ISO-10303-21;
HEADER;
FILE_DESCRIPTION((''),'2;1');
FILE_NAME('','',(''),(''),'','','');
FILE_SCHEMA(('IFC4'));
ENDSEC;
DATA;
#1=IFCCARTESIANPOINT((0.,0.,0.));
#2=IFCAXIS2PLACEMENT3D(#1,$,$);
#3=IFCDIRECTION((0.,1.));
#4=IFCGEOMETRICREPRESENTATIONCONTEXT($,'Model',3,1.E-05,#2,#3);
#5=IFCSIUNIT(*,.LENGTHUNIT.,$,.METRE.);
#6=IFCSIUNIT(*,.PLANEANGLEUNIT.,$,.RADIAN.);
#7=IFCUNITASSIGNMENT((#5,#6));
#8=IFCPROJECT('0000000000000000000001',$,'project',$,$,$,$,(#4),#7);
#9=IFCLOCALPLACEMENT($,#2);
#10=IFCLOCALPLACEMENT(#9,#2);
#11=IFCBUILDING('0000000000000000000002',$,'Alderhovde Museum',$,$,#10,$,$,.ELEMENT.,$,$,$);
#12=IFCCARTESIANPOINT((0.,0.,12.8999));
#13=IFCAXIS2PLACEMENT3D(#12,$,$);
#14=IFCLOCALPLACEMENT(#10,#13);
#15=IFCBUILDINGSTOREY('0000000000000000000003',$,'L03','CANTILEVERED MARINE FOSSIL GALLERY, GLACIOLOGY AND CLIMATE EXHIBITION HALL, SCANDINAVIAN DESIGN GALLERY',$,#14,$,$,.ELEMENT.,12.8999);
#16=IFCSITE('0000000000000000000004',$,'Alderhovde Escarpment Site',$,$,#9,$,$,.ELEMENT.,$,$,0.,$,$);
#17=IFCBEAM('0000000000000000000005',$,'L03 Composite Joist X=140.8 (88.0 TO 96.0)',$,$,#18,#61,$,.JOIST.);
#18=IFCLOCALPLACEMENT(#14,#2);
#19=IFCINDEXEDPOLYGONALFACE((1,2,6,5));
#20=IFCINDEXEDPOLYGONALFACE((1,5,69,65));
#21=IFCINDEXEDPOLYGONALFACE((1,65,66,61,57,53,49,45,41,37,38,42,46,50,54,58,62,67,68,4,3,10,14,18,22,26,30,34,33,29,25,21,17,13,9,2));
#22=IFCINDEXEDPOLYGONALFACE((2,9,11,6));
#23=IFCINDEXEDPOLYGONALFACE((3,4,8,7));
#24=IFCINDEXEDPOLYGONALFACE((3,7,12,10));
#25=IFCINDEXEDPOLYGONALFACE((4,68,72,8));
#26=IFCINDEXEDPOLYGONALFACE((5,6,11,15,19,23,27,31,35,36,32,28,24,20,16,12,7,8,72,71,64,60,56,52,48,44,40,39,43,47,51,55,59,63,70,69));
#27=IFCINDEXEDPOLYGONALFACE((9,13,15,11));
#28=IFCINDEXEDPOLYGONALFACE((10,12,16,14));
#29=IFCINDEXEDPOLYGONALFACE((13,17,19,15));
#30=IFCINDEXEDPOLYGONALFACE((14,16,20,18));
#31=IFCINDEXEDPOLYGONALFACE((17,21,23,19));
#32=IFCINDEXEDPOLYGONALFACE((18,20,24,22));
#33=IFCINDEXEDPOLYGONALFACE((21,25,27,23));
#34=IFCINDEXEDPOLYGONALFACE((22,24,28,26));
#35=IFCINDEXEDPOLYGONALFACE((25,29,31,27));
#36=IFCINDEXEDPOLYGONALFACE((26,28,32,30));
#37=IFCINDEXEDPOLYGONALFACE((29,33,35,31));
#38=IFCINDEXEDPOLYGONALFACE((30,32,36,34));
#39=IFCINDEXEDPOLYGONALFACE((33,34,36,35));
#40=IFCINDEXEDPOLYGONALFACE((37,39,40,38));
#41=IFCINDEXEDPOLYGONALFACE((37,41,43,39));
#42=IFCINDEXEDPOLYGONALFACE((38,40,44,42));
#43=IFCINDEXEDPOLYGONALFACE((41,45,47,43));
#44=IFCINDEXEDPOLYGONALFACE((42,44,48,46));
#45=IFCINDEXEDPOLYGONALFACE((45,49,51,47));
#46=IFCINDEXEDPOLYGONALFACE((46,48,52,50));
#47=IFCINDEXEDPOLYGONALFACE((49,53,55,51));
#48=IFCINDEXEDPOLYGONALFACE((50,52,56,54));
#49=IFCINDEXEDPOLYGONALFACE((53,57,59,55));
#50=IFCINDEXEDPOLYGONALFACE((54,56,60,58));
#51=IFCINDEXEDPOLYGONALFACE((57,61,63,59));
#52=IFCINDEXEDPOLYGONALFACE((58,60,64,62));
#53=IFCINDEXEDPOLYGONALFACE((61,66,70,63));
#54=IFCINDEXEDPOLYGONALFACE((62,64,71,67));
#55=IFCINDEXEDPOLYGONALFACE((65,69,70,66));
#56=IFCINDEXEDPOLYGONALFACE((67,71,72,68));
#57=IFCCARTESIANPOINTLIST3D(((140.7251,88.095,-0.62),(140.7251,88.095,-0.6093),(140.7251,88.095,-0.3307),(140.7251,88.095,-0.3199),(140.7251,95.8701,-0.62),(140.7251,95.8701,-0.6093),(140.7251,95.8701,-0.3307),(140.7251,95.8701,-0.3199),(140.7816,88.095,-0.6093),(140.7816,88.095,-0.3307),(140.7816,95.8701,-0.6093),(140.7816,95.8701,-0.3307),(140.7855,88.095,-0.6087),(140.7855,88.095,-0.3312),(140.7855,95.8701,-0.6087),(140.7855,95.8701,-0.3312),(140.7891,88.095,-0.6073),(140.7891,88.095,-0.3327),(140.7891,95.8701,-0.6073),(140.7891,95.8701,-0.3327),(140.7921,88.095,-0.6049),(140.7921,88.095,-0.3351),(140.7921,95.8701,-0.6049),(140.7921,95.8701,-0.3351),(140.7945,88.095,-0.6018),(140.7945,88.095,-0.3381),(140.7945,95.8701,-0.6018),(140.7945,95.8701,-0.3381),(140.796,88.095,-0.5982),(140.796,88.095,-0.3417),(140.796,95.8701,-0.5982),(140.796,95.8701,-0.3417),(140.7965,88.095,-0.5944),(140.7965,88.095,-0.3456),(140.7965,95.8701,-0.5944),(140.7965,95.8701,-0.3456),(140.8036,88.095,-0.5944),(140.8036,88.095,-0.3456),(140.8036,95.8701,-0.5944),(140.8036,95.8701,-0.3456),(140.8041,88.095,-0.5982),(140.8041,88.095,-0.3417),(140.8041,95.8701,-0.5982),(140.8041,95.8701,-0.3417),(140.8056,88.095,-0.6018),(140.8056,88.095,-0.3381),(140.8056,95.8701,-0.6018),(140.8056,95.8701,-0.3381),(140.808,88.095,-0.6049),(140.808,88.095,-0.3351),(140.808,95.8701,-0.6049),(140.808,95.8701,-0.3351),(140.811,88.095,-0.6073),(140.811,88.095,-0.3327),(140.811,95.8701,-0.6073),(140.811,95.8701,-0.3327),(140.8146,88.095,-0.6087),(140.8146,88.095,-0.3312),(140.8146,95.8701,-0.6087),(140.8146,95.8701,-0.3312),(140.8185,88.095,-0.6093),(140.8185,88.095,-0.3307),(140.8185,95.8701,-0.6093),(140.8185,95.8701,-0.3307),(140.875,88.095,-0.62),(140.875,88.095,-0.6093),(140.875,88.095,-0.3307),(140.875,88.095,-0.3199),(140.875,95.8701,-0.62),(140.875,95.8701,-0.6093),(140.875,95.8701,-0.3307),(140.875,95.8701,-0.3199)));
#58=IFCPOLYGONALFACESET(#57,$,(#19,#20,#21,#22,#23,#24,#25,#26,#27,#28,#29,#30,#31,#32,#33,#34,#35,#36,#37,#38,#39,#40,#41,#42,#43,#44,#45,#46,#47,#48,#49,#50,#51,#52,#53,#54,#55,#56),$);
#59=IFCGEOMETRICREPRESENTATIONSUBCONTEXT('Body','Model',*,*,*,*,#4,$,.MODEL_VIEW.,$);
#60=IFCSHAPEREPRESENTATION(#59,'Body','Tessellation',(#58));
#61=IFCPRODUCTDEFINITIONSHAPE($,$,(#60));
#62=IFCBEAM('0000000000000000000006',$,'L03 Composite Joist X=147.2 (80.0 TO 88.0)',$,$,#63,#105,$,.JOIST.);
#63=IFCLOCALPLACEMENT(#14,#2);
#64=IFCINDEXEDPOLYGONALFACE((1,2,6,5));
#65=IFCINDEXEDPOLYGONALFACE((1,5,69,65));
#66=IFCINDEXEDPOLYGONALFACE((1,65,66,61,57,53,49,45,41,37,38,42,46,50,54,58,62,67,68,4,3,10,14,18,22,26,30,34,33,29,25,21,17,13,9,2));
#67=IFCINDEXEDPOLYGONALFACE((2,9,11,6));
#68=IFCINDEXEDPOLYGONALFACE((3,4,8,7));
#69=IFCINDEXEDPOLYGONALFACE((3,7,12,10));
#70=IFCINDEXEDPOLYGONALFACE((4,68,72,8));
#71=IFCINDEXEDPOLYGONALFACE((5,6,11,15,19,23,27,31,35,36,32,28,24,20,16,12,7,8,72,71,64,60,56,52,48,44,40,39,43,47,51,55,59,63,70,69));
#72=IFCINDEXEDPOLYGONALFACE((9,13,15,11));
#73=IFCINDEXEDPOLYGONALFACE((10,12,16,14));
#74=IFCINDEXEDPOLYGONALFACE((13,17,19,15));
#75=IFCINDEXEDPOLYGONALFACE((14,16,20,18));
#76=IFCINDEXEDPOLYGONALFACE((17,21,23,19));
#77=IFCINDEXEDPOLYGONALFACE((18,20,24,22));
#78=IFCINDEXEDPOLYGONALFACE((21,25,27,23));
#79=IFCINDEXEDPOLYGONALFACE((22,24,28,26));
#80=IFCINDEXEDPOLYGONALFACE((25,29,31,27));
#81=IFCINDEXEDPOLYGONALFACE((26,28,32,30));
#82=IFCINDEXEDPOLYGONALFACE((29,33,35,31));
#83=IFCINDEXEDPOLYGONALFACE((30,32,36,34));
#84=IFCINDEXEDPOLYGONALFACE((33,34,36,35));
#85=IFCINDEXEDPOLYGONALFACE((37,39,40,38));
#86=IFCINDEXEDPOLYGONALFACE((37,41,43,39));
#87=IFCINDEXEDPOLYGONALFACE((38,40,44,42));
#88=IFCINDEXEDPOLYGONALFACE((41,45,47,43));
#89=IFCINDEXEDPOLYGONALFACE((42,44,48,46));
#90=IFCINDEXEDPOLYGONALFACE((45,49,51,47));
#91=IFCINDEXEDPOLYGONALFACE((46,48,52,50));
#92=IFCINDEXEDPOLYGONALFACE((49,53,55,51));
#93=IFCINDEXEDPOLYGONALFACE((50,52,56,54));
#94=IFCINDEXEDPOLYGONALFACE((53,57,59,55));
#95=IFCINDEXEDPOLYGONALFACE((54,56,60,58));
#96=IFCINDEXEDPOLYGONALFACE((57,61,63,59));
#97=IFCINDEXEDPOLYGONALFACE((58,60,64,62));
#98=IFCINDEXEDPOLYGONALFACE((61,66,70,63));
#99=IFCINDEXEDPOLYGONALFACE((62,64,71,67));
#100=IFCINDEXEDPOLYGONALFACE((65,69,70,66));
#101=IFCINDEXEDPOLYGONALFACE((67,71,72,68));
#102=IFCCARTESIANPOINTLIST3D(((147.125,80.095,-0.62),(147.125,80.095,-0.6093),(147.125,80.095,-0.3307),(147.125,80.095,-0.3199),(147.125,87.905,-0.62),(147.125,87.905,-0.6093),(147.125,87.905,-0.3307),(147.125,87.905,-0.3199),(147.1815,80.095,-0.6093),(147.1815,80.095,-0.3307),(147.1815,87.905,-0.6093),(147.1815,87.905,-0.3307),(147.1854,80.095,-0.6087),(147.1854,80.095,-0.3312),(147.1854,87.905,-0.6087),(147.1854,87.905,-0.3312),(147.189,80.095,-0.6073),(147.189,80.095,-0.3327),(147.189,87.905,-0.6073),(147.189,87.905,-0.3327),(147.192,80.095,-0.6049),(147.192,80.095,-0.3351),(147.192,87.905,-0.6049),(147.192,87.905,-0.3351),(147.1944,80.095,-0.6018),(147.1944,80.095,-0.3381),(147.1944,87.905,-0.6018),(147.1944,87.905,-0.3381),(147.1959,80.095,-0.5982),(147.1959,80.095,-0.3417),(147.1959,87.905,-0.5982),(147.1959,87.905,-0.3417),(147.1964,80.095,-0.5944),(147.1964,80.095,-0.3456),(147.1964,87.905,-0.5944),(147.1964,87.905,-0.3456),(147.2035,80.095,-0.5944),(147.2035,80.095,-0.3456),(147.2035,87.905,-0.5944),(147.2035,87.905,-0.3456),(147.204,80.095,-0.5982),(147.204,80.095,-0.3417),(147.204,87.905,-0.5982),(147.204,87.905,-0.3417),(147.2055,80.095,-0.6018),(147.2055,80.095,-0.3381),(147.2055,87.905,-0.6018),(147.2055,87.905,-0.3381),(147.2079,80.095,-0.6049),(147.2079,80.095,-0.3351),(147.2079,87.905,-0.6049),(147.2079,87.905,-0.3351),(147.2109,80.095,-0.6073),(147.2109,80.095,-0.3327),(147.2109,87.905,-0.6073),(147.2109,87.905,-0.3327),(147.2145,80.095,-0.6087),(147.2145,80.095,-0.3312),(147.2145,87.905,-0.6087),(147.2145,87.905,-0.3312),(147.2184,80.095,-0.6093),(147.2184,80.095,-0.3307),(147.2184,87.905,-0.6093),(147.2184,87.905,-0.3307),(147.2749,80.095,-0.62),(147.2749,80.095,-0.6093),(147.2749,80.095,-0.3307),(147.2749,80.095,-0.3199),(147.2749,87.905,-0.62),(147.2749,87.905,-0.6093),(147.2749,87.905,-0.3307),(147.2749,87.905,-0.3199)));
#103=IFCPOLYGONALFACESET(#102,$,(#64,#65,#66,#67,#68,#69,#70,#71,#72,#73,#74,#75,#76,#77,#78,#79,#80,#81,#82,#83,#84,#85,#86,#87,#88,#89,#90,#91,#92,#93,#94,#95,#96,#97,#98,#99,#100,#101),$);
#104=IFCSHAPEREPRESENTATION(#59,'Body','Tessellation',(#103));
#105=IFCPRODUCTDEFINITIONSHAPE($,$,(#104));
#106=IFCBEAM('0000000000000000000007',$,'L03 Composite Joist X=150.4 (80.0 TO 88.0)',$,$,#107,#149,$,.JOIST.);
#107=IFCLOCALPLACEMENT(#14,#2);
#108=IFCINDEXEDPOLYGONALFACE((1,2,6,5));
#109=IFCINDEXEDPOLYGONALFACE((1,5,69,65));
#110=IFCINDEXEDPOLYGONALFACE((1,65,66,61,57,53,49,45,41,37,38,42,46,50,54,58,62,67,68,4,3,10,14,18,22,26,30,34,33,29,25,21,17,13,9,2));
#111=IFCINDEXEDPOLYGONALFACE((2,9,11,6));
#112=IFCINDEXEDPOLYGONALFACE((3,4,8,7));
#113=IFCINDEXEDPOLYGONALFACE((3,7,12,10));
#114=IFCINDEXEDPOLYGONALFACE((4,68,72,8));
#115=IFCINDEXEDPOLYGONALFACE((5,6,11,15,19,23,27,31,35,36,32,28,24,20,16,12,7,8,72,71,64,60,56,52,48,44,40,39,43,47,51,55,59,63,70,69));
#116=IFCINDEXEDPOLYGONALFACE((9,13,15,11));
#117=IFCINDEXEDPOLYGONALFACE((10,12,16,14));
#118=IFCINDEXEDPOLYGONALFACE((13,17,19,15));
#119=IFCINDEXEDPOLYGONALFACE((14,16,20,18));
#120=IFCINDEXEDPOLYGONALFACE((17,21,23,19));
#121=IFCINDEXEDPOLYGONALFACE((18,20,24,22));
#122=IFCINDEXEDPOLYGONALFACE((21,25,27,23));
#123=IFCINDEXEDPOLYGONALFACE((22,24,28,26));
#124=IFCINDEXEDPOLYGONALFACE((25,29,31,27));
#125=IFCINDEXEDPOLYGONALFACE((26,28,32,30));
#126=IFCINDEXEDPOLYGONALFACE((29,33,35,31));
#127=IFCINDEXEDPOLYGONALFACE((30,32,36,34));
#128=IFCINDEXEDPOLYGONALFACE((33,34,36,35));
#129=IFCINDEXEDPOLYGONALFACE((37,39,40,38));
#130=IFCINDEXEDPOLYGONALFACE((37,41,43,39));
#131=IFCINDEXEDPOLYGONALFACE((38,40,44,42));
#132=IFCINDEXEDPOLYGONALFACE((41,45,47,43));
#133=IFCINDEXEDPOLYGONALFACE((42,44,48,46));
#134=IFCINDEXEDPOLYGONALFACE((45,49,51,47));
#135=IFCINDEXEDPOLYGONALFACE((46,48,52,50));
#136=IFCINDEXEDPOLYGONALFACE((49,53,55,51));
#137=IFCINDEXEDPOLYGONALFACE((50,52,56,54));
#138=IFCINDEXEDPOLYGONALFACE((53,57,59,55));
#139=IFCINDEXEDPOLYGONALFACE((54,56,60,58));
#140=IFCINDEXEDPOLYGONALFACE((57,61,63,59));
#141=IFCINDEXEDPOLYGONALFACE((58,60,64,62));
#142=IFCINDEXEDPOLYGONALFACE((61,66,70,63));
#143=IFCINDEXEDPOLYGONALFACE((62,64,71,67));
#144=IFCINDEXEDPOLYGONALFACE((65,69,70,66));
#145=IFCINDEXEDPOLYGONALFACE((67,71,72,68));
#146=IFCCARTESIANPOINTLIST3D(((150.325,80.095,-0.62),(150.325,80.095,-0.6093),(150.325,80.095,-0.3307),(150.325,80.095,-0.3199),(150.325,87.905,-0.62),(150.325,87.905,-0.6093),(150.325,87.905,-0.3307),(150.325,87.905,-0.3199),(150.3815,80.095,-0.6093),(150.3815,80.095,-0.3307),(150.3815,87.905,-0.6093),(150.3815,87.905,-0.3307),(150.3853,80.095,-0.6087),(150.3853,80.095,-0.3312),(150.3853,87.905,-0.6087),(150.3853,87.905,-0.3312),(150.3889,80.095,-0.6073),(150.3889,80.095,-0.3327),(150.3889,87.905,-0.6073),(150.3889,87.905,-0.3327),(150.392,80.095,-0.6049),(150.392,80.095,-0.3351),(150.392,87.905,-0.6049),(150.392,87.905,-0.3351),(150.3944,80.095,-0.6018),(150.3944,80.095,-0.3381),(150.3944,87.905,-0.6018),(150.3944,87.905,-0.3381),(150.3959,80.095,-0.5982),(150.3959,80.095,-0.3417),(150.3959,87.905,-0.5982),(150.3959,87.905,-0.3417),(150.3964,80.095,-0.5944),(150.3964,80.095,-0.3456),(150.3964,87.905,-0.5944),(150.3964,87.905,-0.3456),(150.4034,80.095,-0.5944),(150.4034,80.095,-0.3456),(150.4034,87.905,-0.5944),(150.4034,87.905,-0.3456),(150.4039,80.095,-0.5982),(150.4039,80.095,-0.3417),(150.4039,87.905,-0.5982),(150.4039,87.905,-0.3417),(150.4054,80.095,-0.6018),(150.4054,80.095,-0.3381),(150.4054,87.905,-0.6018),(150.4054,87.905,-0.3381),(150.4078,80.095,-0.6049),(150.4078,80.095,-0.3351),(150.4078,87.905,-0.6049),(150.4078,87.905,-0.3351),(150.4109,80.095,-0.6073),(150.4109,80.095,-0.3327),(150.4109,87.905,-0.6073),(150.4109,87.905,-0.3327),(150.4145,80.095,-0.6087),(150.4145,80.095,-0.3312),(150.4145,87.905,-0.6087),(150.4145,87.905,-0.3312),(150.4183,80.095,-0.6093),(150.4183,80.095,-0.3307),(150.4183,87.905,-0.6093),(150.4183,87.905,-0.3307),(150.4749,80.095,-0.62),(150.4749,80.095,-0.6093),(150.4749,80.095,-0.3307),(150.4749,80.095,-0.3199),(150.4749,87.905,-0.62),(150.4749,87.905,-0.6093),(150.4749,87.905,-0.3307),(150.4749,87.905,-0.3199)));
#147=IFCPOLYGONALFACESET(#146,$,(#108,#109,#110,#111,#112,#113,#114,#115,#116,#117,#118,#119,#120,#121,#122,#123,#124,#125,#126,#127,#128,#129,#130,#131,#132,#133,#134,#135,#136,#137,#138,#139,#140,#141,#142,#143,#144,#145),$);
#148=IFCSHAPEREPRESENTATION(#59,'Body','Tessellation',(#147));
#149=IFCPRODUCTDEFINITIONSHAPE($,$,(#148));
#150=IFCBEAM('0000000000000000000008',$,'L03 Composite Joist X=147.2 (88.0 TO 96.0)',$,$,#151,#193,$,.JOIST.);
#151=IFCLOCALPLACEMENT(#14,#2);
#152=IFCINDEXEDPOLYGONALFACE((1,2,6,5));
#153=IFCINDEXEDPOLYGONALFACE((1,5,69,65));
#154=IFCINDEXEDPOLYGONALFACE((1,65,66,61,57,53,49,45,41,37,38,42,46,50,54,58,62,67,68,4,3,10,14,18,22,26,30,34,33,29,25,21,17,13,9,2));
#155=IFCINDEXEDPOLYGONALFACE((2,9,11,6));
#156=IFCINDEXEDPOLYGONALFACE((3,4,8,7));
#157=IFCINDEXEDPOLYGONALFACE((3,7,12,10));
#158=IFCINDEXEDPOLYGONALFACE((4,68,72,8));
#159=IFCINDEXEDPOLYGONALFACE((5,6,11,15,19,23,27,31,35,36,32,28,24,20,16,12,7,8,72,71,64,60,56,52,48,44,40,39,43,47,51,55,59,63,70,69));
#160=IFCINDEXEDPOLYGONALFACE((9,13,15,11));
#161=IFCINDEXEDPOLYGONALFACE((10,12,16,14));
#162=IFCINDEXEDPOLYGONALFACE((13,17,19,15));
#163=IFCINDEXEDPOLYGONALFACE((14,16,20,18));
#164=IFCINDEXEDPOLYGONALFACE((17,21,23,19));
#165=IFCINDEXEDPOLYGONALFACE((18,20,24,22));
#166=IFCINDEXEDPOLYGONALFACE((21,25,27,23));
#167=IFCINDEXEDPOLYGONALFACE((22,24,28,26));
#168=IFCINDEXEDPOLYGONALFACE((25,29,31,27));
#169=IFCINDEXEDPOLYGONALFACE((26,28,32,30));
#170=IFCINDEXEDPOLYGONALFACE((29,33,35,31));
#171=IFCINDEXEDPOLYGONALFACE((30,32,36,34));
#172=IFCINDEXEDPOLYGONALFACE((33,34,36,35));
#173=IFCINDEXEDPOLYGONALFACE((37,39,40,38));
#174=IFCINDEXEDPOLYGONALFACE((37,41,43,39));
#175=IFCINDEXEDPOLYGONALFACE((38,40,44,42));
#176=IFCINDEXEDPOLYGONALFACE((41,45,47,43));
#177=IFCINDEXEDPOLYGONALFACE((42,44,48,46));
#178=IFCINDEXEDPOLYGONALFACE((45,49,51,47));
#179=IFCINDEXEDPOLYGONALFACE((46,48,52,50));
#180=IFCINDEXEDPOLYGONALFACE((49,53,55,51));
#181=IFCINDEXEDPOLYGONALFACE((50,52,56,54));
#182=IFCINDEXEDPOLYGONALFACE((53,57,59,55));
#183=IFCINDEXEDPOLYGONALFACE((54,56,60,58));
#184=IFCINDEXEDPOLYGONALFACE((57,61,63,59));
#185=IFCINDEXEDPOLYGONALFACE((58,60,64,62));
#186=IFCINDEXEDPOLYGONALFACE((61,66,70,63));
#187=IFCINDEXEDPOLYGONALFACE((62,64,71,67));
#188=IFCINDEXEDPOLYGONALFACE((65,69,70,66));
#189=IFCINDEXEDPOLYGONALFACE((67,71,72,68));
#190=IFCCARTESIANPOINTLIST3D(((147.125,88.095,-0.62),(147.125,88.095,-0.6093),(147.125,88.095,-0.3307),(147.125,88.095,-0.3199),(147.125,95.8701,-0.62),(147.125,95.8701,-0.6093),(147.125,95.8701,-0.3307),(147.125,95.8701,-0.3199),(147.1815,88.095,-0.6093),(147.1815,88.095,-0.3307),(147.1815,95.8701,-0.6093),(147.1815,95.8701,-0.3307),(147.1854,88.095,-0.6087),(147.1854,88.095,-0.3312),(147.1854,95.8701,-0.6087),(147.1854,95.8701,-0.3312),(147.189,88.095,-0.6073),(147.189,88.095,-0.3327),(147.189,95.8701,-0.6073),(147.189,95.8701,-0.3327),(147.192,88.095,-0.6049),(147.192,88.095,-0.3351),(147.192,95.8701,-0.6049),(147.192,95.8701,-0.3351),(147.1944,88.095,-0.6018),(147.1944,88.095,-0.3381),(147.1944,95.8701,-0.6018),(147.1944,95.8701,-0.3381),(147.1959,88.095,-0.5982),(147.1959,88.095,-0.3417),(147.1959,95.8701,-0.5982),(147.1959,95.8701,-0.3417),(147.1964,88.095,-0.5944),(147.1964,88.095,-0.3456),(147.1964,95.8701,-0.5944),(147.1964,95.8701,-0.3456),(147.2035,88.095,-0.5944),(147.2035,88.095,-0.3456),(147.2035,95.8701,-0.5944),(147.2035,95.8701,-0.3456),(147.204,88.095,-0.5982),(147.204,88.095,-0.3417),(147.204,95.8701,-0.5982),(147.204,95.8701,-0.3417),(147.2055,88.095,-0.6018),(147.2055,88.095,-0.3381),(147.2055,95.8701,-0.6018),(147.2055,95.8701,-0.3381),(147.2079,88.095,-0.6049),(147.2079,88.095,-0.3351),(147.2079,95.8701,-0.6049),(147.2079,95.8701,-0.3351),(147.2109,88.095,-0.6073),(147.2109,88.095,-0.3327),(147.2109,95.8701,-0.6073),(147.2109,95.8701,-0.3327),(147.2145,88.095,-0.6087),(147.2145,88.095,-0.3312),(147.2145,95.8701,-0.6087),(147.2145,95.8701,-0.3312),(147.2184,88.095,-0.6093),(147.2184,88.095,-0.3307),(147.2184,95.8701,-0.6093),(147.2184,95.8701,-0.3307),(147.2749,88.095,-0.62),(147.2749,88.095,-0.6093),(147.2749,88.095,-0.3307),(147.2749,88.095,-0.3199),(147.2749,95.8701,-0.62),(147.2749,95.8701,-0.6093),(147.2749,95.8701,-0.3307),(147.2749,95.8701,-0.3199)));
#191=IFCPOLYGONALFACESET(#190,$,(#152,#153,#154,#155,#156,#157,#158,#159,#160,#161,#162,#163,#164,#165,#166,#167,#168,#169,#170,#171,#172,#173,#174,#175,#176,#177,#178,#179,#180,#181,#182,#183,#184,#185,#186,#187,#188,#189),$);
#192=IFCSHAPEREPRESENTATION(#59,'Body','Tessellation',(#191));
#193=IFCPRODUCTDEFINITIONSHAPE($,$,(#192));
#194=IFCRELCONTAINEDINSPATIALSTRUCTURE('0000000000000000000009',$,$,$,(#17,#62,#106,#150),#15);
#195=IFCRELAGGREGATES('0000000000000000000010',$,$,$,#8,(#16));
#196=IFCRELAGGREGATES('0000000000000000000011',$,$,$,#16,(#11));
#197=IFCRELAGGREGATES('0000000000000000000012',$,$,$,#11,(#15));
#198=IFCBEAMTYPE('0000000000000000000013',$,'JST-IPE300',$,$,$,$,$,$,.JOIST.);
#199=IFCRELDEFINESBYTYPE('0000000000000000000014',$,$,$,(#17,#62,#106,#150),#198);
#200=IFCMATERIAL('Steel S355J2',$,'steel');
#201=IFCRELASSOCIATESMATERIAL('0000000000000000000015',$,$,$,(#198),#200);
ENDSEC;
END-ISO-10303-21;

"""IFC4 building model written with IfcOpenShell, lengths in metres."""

from ifc_helpers import new_model, si_unit, direction, frame, origin, origin_2d, place, context, subcontext, project, spatial, i_section, extrude, material, material_profile, profile_set, type_object, element, save


model = new_model("IFC4")

# Units and contexts
model_context = context("Model", 3, precision=1e-05, world=origin(), true_north=direction((0.0, 1.0)))
body_context = subcontext(model_context, "Body", "Model", "MODEL_VIEW")
ifc_project = project(units=[si_unit("LENGTHUNIT", "METRE"), si_unit("PLANEANGLEUNIT", "RADIAN")], contexts=[model_context])

# Site, building, storey
site_placement = place(None, origin())
site = spatial("IfcSite", under=ifc_project, at=site_placement, Name="Alderhovde Escarpment Site", CompositionType="ELEMENT", RefElevation=0.0)
building_placement = place(site_placement, origin())
building = spatial("IfcBuilding", under=site, at=building_placement, Name="Alderhovde Museum", CompositionType="ELEMENT")
storey_placement = place(building_placement, frame((0.0, 0.0, 12.8999)))
storey = spatial("IfcBuildingStorey", under=building, at=storey_placement, Name="L03", Description="CANTILEVERED MARINE FOSSIL GALLERY, GLACIOLOGY AND CLIMATE EXHIBITION HALL, SCANDINAVIAN DESIGN GALLERY", CompositionType="ELEMENT", Elevation=12.8999)

# Beams
ifc_material_1 = material(Name="Steel S355J2", Category="steel")
ifc_material_profile_1 = material_profile(ifc_material_1, i_section(OverallWidth=0.1499, OverallDepth=0.3, WebThickness=0.0071, FlangeThickness=0.0107, FilletRadius=0.0149, at=origin_2d()), Name="IPE 300")
ifc_profile_set_1 = profile_set([ifc_material_profile_1], Name="Steel S355J2")
beam_type_1 = type_object("IfcBeamType", Name="JST-IPE300", PredefinedType="JOIST", material=ifc_profile_set_1)
beam_1_placement = place(storey_placement, frame((140.8, 88.095, -0.47), z_axis=(0.0, 1.0, 0.0), x_axis=(-1.0, 0.0, 0.0)))
element("IfcBeam", 1, at=beam_1_placement, inside=storey, type_object=beam_type_1, Name="L03 Composite Joist X=140.8 (88.0 TO 96.0)", PredefinedType="JOIST", context=body_context, shape_type="SweptSolid", body=[
    extrude(i_section(OverallWidth=0.1499, OverallDepth=0.3, WebThickness=0.0071, FlangeThickness=0.0107, FilletRadius=0.0149, at=origin_2d()), origin(), (0.0, 0.0, 1.0), 7.7751),
])
for number, where, z_axis, x_axis, name in (
    (2, (147.2, 80.095, -0.47), (0.0, 1.0, 0.0), (-1.0, 0.0, 0.0), "L03 Composite Joist X=147.2 (80.0 TO 88.0)"),
    (3, (150.3999, 80.095, -0.47), (0.0, 1.0, 0.0), (-1.0, 0.0, 0.0), "L03 Composite Joist X=150.4 (80.0 TO 88.0)"),
):
    element("IfcBeam", number, at=place(storey_placement, frame(where, z_axis=z_axis, x_axis=x_axis)), inside=storey, type_object=beam_type_1, Name=name, PredefinedType="JOIST", context=body_context, shape_type="SweptSolid", body=[
        extrude(i_section(OverallWidth=0.1499, OverallDepth=0.3, WebThickness=0.0071, FlangeThickness=0.0107, FilletRadius=0.0149, at=origin_2d()), origin(), (0.0, 0.0, 1.0), 7.8101),
    ])
for number, where, z_axis, x_axis, name in (
    (4, (147.2, 88.095, -0.47), (0.0, 1.0, 0.0), (-1.0, 0.0, 0.0), "L03 Composite Joist X=147.2 (88.0 TO 96.0)"),
):
    element("IfcBeam", number, at=place(storey_placement, frame(where, z_axis=z_axis, x_axis=x_axis)), inside=storey, type_object=beam_type_1, Name=name, PredefinedType="JOIST", context=body_context, shape_type="SweptSolid", body=[
        extrude(i_section(OverallWidth=0.1499, OverallDepth=0.3, WebThickness=0.0071, FlangeThickness=0.0107, FilletRadius=0.0149, at=origin_2d()), origin(), (0.0, 0.0, 1.0), 7.7751),
    ])

save(model, "model.ifc")
